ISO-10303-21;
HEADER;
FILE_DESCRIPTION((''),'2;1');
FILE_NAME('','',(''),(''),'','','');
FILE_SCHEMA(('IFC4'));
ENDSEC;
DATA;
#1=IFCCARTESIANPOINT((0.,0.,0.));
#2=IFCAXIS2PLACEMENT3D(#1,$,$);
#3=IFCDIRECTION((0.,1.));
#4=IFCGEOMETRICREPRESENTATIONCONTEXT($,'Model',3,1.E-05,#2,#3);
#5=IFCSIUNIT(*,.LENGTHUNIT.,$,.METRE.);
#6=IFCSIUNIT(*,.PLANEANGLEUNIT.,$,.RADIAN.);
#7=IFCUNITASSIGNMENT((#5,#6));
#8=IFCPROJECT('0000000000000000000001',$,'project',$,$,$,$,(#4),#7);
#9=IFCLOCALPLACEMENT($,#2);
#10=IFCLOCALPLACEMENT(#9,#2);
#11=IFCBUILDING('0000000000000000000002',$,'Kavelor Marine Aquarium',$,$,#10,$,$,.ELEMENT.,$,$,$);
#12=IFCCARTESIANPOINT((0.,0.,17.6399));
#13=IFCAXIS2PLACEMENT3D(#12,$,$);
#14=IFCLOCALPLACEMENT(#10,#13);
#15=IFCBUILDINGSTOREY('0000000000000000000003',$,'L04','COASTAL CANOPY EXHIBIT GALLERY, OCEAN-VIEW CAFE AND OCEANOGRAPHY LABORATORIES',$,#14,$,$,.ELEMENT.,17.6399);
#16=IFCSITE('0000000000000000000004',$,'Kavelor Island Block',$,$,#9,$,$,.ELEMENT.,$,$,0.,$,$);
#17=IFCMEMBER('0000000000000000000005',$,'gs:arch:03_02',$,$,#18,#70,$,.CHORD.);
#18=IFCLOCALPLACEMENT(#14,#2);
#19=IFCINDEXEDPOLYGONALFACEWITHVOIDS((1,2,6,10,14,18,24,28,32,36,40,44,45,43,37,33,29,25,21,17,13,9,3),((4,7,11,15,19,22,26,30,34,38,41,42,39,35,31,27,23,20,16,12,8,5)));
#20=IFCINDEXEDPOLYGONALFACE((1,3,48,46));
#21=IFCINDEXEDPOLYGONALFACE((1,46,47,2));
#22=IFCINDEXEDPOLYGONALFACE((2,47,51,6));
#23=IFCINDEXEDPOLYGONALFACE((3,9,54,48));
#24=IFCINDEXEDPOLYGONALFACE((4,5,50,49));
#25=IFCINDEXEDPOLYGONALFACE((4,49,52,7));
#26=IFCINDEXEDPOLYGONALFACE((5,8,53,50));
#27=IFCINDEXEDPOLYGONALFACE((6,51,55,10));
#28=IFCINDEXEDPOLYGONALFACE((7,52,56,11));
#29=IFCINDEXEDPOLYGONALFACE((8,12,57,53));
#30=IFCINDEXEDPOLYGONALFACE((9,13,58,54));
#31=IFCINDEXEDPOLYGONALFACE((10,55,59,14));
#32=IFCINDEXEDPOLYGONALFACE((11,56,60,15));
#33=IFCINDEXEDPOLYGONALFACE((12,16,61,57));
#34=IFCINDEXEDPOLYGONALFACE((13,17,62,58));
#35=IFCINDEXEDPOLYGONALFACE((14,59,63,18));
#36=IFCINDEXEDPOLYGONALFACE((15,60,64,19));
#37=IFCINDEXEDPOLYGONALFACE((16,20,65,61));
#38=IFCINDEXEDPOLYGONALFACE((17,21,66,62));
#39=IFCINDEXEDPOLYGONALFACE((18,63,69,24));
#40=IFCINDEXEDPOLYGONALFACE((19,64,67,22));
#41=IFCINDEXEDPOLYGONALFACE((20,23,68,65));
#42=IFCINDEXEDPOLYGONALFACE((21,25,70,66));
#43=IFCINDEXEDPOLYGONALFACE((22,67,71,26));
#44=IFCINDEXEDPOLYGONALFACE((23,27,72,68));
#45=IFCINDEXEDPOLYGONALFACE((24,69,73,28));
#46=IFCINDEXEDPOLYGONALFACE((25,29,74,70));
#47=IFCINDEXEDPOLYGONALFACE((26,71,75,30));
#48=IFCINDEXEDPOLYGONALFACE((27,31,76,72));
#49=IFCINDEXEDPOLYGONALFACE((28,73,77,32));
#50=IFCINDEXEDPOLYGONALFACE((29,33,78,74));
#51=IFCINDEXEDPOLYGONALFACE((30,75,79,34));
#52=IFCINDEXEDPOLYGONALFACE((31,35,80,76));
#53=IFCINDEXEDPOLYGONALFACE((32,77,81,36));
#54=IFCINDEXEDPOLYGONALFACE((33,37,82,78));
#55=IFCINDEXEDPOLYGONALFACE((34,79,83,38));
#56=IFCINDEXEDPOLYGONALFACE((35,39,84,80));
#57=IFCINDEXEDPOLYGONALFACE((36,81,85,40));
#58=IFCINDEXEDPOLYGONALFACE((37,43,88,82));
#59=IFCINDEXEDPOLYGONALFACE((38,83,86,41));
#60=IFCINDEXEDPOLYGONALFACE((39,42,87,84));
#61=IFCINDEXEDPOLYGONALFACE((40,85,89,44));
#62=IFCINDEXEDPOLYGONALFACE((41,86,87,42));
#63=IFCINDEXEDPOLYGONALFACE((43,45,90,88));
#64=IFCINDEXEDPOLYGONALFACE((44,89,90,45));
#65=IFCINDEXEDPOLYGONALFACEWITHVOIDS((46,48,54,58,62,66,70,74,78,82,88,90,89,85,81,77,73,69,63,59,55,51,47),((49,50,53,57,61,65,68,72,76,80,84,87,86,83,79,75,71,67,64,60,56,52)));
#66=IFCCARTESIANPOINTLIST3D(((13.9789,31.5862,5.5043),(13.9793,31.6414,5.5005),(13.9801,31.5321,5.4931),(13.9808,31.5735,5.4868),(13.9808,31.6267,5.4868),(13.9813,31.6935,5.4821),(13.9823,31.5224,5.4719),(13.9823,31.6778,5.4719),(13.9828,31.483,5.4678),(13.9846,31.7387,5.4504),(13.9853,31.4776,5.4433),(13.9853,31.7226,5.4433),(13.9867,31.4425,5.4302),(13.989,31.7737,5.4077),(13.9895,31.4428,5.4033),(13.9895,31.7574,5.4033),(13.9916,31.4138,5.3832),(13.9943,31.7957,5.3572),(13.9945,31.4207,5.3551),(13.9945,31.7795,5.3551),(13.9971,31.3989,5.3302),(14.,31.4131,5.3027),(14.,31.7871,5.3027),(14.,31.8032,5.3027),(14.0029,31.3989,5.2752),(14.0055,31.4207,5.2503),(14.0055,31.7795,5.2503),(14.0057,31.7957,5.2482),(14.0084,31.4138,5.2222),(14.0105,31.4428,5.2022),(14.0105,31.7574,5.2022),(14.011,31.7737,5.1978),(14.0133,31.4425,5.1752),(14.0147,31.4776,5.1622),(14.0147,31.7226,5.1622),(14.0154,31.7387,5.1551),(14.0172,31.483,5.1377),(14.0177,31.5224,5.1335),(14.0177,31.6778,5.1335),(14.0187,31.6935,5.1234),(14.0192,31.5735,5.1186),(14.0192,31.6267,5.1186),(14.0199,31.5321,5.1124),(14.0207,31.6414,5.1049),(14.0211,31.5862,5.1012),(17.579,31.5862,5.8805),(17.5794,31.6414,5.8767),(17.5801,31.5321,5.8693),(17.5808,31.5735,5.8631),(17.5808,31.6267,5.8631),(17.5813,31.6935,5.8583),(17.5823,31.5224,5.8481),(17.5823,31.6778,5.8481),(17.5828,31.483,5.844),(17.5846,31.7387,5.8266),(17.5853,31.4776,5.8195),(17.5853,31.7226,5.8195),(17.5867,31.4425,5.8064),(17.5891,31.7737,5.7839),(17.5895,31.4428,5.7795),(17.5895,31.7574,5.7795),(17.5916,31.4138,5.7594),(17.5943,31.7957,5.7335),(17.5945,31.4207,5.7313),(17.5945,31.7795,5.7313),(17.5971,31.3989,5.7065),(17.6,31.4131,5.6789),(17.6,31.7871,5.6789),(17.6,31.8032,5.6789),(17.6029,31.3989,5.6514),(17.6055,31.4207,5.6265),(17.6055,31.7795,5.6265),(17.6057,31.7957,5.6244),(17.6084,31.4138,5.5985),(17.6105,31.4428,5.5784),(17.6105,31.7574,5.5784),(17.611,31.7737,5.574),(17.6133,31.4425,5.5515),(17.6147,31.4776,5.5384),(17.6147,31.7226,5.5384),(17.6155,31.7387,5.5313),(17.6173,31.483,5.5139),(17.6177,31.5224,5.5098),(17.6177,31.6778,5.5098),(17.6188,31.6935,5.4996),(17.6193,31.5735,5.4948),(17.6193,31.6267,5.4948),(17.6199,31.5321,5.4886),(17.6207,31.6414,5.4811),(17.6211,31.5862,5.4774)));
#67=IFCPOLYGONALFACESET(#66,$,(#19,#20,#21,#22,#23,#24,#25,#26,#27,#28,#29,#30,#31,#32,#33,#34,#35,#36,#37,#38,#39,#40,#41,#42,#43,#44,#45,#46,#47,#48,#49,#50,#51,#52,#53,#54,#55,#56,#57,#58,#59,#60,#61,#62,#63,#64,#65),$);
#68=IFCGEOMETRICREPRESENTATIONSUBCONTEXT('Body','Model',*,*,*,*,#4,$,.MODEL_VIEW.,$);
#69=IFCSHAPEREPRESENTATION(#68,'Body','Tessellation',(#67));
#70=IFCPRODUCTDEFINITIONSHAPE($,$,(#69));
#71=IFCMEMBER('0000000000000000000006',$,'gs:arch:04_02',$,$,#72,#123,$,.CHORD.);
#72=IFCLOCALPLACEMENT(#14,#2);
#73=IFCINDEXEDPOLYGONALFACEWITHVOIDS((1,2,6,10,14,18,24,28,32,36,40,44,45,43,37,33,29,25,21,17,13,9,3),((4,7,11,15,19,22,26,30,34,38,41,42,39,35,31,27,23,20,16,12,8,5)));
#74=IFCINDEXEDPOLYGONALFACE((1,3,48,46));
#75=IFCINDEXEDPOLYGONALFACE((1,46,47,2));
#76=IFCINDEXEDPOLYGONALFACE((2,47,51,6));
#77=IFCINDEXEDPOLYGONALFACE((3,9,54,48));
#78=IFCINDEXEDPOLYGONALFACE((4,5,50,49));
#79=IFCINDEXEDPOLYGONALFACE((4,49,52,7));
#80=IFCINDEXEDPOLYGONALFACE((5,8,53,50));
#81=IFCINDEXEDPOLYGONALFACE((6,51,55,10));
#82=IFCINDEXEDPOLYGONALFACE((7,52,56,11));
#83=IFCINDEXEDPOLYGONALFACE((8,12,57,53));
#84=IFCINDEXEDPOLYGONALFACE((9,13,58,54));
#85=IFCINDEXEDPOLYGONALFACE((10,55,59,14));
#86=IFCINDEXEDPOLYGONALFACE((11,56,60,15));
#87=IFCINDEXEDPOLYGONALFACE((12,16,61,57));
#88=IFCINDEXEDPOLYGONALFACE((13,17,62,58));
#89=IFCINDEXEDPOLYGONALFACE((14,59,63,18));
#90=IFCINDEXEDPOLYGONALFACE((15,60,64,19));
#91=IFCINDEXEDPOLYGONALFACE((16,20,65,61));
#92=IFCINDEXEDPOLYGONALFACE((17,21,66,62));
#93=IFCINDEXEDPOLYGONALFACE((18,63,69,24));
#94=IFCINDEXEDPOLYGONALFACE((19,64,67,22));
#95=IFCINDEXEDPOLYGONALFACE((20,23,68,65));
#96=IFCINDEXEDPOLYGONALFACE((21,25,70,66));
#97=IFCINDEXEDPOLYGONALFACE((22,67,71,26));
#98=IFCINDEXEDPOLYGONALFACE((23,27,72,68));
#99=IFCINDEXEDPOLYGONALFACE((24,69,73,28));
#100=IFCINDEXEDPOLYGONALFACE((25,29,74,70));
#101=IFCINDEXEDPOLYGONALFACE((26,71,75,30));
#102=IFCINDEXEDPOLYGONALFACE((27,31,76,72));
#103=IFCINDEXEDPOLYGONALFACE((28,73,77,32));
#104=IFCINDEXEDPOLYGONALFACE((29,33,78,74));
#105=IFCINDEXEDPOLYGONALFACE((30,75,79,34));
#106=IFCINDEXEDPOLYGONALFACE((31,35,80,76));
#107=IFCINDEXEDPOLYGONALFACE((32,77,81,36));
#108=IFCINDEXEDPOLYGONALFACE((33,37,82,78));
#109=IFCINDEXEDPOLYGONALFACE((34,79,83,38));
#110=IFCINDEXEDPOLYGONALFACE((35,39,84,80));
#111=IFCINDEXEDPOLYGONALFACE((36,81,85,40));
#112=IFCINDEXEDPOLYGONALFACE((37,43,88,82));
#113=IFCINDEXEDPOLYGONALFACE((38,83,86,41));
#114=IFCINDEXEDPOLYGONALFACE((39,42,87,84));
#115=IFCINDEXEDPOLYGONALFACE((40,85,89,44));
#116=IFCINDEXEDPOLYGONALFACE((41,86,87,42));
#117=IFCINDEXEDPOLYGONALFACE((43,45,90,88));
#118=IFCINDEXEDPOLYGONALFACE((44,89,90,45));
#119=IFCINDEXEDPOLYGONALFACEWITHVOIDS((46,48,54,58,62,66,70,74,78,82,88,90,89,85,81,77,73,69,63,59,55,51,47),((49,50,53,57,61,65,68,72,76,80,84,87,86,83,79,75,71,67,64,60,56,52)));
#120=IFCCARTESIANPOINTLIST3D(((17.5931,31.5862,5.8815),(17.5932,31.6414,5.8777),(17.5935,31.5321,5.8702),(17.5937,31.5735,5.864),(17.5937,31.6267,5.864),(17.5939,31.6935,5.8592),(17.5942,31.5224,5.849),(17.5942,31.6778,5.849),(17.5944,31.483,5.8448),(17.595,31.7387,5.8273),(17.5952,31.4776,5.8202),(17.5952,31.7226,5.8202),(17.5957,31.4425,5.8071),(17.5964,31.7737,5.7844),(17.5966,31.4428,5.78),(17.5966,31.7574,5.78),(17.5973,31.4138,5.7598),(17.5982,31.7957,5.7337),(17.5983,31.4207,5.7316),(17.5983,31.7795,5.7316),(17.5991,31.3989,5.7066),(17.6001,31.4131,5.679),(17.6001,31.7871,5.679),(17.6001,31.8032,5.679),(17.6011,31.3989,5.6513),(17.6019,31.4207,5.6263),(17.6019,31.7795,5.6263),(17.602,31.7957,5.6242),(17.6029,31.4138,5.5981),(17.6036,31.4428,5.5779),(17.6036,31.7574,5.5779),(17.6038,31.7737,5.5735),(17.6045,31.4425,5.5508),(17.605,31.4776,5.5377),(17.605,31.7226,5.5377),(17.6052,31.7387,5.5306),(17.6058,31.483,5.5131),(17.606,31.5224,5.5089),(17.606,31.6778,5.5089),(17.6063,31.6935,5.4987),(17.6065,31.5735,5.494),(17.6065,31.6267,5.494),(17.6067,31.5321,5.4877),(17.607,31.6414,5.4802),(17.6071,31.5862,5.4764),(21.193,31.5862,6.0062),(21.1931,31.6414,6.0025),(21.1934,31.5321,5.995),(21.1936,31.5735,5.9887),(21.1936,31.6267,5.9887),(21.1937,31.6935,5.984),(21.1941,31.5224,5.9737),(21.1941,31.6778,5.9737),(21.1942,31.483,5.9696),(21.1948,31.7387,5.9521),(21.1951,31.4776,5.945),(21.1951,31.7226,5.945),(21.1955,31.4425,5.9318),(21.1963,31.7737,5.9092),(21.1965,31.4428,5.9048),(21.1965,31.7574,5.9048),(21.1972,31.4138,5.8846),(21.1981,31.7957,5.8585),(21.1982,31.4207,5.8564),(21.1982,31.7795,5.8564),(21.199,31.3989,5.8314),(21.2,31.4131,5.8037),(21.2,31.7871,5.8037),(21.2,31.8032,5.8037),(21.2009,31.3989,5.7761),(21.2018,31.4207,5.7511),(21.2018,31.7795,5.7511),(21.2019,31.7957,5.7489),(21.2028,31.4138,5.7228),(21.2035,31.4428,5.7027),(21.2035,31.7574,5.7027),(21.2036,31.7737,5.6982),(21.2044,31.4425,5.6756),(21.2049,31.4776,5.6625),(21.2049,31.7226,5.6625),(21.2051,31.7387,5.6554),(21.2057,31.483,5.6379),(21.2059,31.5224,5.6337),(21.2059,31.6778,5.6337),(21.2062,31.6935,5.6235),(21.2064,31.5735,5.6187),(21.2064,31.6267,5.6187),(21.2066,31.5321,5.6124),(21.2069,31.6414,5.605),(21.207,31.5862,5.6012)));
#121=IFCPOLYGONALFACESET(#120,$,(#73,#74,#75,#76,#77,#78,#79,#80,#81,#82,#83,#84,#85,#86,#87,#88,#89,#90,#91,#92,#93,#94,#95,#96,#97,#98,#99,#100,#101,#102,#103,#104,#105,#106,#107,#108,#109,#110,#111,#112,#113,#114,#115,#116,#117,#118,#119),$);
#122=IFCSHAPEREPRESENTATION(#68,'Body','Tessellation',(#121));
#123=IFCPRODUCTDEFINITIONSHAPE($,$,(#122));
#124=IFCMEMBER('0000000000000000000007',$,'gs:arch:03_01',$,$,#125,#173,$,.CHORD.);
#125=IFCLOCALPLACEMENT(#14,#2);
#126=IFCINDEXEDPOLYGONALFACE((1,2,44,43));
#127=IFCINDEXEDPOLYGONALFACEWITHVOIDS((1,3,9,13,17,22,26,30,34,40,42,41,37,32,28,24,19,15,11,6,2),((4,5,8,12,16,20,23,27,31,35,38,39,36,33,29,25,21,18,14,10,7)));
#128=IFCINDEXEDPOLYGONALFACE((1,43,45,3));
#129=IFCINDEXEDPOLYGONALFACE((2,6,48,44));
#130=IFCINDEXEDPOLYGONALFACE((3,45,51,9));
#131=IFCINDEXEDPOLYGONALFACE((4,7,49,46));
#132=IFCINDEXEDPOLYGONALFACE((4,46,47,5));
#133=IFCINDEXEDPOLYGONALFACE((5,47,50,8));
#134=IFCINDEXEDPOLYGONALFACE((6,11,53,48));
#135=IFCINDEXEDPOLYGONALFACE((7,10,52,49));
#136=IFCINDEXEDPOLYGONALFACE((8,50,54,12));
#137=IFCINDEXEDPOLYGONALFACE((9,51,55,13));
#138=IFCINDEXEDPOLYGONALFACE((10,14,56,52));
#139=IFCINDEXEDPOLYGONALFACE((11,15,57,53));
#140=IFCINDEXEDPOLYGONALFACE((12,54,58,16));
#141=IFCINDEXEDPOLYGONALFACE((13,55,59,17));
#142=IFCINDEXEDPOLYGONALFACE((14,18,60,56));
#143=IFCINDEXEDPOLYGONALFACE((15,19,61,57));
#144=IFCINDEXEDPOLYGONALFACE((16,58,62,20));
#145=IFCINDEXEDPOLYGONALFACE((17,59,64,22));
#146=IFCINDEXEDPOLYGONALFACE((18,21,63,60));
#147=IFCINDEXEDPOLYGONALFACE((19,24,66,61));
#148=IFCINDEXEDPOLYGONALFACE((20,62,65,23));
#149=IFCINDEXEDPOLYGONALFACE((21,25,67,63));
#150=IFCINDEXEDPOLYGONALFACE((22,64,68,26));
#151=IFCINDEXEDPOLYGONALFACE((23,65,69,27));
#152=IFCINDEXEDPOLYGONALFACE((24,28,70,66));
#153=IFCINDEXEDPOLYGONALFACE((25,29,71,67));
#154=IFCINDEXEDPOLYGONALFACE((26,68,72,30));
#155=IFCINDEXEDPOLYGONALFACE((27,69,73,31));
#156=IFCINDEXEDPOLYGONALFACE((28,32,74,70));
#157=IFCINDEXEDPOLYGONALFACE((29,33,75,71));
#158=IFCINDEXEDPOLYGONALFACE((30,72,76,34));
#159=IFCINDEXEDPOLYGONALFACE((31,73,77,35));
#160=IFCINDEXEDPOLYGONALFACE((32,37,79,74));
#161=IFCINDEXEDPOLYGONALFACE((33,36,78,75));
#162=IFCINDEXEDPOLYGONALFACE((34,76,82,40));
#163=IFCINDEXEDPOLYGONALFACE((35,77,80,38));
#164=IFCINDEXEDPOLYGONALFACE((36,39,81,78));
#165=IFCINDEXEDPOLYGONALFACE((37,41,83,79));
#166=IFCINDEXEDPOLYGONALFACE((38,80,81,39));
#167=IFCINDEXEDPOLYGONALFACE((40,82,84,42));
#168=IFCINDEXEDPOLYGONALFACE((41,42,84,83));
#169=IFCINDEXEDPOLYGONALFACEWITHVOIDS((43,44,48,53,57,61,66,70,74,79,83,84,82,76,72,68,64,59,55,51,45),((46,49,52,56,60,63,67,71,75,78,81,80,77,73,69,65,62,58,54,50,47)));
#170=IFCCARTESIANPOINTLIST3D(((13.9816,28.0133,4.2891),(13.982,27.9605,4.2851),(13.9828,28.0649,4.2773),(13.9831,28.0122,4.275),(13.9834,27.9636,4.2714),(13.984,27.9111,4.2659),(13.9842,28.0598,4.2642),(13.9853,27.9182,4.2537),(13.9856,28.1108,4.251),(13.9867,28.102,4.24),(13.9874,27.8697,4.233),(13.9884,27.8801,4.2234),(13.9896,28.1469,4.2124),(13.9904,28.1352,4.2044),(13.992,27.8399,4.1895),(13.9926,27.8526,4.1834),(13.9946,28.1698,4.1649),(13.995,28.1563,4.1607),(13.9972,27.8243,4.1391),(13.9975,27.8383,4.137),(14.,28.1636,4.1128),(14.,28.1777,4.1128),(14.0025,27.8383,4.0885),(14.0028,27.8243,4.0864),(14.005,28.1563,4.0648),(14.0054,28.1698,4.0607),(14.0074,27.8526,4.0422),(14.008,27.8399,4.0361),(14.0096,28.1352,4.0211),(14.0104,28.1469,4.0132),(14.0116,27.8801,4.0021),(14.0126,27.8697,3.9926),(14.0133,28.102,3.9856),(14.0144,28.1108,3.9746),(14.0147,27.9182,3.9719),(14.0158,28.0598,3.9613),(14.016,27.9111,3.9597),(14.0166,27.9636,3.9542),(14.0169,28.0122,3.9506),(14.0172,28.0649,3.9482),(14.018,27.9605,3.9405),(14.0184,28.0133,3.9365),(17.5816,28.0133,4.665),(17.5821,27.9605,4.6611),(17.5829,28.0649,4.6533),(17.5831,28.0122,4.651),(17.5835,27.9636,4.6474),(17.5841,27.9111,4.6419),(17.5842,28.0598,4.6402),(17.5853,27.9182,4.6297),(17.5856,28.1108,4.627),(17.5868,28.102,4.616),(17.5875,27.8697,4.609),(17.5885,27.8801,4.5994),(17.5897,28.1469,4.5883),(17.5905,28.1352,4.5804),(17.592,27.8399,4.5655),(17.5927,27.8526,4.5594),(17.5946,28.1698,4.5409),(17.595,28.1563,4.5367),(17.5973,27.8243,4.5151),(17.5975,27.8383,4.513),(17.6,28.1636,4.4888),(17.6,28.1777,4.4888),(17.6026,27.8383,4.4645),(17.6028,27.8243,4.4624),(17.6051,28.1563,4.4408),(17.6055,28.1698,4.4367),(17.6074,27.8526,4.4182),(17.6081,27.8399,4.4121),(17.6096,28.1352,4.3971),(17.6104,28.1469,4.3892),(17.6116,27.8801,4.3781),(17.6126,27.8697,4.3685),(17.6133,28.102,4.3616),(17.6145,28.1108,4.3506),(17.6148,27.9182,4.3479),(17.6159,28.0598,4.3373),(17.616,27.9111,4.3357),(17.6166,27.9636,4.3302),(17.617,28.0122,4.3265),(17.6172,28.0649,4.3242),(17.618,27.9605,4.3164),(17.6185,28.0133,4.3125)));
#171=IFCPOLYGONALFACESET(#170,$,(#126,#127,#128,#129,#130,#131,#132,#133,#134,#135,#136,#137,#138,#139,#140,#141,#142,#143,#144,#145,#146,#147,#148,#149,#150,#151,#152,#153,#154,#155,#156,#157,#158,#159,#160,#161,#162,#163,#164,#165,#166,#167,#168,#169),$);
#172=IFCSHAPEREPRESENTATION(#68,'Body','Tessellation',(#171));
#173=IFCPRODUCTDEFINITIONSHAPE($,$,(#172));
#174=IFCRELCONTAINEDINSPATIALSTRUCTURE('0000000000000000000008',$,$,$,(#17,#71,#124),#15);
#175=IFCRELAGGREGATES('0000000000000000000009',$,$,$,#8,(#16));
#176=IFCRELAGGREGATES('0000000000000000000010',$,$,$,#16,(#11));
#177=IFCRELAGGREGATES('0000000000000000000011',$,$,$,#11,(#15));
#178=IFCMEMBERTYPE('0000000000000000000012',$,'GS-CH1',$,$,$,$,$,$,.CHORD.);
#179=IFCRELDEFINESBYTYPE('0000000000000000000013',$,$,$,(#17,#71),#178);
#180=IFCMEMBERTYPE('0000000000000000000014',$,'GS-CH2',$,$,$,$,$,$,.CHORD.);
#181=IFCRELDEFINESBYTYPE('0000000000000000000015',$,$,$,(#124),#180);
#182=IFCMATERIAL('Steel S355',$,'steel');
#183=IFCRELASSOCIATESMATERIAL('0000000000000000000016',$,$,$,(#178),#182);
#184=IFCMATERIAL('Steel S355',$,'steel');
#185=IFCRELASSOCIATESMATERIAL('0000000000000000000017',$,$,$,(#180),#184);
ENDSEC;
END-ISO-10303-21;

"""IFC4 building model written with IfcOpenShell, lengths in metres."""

from ifc_helpers import new_model, si_unit, direction, frame, origin, origin_2d, place, context, subcontext, project, spatial, hollow_circle, extrude, material, material_profile, profile_set, type_object, element, save


model = new_model("IFC4")

# Units and contexts
model_context = context("Model", 3, precision=1e-05, world=origin(), true_north=direction((0.0, 1.0)))
body_context = subcontext(model_context, "Body", "Model", "MODEL_VIEW")
ifc_project = project(units=[si_unit("LENGTHUNIT", "METRE"), si_unit("PLANEANGLEUNIT", "RADIAN")], contexts=[model_context])

# Site, building, storey
site_placement = place(None, origin())
site = spatial("IfcSite", under=ifc_project, at=site_placement, Name="Kavelor Island Block", CompositionType="ELEMENT", RefElevation=0.0)
building_placement = place(site_placement, origin())
building = spatial("IfcBuilding", under=site, at=building_placement, Name="Kavelor Marine Aquarium", CompositionType="ELEMENT")
storey_placement = place(building_placement, frame((0.0, 0.0, 17.6399)))
storey = spatial("IfcBuildingStorey", under=building, at=storey_placement, Name="L04", Description="COASTAL CANOPY EXHIBIT GALLERY, OCEAN-VIEW CAFE AND OCEANOGRAPHY LABORATORIES", CompositionType="ELEMENT", Elevation=17.6399)

# Members
ifc_material_1 = material(Name="Steel S355", Category="steel")
ifc_material_profile_1 = material_profile(ifc_material_1, hollow_circle(Radius=0.2031, WallThickness=0.0161, at=origin_2d()), Name="CHS 406.4x16.0")
ifc_profile_set_1 = profile_set([ifc_material_profile_1], Name="Steel S355")
member_type_1 = type_object("IfcMemberType", Name="GS-CH1", PredefinedType="CHORD", material=ifc_profile_set_1)
member_1_placement = place(storey_placement, frame((14.0, 31.6001, 5.3027), z_axis=(0.994584, 0.0, 0.103937), x_axis=(0.0, 1.0, 0.0)))
element("IfcMember", 1, at=member_1_placement, inside=storey, type_object=member_type_1, Name="gs:arch:03_02", PredefinedType="CHORD", context=body_context, shape_type="SweptSolid", body=[
    extrude(hollow_circle(Radius=0.2031, WallThickness=0.0161, at=origin_2d()), origin(), (0.0, 0.0, 1.0), 3.6196),
])
member_2_placement = place(storey_placement, frame((17.6001, 31.6001, 5.679), z_axis=(0.9994, 0.0, 0.034635), x_axis=(0.0, 1.0, 0.0)))
element("IfcMember", 2, at=member_2_placement, inside=storey, type_object=member_type_1, Name="gs:arch:04_02", PredefinedType="CHORD", context=body_context, shape_type="SweptSolid", body=[
    extrude(hollow_circle(Radius=0.2031, WallThickness=0.0161, at=origin_2d()), origin(), (0.0, 0.0, 1.0), 3.6021),
])
ifc_material_2 = material(Name="Steel S355", Category="steel")
ifc_material_profile_2 = material_profile(ifc_material_2, hollow_circle(Radius=0.1777, WallThickness=0.0142, at=origin_2d()), Name="CHS 355.6x14.2")
ifc_profile_set_2 = profile_set([ifc_material_profile_2], Name="Steel S355")
member_type_2 = type_object("IfcMemberType", Name="GS-CH2", PredefinedType="CHORD", material=ifc_profile_set_2)
member_3_placement = place(storey_placement, frame((14.0, 28.0, 4.1128), z_axis=(0.994591, 0.0, 0.10387), x_axis=(0.0, 1.0, 0.0)))
element("IfcMember", 3, at=member_3_placement, inside=storey, type_object=member_type_2, Name="gs:arch:03_01", PredefinedType="CHORD", context=body_context, shape_type="SweptSolid", body=[
    extrude(hollow_circle(Radius=0.1777, WallThickness=0.0142, at=origin_2d()), origin(), (0.0, 0.0, 1.0), 3.6196),
])

save(model, "model.ifc")
